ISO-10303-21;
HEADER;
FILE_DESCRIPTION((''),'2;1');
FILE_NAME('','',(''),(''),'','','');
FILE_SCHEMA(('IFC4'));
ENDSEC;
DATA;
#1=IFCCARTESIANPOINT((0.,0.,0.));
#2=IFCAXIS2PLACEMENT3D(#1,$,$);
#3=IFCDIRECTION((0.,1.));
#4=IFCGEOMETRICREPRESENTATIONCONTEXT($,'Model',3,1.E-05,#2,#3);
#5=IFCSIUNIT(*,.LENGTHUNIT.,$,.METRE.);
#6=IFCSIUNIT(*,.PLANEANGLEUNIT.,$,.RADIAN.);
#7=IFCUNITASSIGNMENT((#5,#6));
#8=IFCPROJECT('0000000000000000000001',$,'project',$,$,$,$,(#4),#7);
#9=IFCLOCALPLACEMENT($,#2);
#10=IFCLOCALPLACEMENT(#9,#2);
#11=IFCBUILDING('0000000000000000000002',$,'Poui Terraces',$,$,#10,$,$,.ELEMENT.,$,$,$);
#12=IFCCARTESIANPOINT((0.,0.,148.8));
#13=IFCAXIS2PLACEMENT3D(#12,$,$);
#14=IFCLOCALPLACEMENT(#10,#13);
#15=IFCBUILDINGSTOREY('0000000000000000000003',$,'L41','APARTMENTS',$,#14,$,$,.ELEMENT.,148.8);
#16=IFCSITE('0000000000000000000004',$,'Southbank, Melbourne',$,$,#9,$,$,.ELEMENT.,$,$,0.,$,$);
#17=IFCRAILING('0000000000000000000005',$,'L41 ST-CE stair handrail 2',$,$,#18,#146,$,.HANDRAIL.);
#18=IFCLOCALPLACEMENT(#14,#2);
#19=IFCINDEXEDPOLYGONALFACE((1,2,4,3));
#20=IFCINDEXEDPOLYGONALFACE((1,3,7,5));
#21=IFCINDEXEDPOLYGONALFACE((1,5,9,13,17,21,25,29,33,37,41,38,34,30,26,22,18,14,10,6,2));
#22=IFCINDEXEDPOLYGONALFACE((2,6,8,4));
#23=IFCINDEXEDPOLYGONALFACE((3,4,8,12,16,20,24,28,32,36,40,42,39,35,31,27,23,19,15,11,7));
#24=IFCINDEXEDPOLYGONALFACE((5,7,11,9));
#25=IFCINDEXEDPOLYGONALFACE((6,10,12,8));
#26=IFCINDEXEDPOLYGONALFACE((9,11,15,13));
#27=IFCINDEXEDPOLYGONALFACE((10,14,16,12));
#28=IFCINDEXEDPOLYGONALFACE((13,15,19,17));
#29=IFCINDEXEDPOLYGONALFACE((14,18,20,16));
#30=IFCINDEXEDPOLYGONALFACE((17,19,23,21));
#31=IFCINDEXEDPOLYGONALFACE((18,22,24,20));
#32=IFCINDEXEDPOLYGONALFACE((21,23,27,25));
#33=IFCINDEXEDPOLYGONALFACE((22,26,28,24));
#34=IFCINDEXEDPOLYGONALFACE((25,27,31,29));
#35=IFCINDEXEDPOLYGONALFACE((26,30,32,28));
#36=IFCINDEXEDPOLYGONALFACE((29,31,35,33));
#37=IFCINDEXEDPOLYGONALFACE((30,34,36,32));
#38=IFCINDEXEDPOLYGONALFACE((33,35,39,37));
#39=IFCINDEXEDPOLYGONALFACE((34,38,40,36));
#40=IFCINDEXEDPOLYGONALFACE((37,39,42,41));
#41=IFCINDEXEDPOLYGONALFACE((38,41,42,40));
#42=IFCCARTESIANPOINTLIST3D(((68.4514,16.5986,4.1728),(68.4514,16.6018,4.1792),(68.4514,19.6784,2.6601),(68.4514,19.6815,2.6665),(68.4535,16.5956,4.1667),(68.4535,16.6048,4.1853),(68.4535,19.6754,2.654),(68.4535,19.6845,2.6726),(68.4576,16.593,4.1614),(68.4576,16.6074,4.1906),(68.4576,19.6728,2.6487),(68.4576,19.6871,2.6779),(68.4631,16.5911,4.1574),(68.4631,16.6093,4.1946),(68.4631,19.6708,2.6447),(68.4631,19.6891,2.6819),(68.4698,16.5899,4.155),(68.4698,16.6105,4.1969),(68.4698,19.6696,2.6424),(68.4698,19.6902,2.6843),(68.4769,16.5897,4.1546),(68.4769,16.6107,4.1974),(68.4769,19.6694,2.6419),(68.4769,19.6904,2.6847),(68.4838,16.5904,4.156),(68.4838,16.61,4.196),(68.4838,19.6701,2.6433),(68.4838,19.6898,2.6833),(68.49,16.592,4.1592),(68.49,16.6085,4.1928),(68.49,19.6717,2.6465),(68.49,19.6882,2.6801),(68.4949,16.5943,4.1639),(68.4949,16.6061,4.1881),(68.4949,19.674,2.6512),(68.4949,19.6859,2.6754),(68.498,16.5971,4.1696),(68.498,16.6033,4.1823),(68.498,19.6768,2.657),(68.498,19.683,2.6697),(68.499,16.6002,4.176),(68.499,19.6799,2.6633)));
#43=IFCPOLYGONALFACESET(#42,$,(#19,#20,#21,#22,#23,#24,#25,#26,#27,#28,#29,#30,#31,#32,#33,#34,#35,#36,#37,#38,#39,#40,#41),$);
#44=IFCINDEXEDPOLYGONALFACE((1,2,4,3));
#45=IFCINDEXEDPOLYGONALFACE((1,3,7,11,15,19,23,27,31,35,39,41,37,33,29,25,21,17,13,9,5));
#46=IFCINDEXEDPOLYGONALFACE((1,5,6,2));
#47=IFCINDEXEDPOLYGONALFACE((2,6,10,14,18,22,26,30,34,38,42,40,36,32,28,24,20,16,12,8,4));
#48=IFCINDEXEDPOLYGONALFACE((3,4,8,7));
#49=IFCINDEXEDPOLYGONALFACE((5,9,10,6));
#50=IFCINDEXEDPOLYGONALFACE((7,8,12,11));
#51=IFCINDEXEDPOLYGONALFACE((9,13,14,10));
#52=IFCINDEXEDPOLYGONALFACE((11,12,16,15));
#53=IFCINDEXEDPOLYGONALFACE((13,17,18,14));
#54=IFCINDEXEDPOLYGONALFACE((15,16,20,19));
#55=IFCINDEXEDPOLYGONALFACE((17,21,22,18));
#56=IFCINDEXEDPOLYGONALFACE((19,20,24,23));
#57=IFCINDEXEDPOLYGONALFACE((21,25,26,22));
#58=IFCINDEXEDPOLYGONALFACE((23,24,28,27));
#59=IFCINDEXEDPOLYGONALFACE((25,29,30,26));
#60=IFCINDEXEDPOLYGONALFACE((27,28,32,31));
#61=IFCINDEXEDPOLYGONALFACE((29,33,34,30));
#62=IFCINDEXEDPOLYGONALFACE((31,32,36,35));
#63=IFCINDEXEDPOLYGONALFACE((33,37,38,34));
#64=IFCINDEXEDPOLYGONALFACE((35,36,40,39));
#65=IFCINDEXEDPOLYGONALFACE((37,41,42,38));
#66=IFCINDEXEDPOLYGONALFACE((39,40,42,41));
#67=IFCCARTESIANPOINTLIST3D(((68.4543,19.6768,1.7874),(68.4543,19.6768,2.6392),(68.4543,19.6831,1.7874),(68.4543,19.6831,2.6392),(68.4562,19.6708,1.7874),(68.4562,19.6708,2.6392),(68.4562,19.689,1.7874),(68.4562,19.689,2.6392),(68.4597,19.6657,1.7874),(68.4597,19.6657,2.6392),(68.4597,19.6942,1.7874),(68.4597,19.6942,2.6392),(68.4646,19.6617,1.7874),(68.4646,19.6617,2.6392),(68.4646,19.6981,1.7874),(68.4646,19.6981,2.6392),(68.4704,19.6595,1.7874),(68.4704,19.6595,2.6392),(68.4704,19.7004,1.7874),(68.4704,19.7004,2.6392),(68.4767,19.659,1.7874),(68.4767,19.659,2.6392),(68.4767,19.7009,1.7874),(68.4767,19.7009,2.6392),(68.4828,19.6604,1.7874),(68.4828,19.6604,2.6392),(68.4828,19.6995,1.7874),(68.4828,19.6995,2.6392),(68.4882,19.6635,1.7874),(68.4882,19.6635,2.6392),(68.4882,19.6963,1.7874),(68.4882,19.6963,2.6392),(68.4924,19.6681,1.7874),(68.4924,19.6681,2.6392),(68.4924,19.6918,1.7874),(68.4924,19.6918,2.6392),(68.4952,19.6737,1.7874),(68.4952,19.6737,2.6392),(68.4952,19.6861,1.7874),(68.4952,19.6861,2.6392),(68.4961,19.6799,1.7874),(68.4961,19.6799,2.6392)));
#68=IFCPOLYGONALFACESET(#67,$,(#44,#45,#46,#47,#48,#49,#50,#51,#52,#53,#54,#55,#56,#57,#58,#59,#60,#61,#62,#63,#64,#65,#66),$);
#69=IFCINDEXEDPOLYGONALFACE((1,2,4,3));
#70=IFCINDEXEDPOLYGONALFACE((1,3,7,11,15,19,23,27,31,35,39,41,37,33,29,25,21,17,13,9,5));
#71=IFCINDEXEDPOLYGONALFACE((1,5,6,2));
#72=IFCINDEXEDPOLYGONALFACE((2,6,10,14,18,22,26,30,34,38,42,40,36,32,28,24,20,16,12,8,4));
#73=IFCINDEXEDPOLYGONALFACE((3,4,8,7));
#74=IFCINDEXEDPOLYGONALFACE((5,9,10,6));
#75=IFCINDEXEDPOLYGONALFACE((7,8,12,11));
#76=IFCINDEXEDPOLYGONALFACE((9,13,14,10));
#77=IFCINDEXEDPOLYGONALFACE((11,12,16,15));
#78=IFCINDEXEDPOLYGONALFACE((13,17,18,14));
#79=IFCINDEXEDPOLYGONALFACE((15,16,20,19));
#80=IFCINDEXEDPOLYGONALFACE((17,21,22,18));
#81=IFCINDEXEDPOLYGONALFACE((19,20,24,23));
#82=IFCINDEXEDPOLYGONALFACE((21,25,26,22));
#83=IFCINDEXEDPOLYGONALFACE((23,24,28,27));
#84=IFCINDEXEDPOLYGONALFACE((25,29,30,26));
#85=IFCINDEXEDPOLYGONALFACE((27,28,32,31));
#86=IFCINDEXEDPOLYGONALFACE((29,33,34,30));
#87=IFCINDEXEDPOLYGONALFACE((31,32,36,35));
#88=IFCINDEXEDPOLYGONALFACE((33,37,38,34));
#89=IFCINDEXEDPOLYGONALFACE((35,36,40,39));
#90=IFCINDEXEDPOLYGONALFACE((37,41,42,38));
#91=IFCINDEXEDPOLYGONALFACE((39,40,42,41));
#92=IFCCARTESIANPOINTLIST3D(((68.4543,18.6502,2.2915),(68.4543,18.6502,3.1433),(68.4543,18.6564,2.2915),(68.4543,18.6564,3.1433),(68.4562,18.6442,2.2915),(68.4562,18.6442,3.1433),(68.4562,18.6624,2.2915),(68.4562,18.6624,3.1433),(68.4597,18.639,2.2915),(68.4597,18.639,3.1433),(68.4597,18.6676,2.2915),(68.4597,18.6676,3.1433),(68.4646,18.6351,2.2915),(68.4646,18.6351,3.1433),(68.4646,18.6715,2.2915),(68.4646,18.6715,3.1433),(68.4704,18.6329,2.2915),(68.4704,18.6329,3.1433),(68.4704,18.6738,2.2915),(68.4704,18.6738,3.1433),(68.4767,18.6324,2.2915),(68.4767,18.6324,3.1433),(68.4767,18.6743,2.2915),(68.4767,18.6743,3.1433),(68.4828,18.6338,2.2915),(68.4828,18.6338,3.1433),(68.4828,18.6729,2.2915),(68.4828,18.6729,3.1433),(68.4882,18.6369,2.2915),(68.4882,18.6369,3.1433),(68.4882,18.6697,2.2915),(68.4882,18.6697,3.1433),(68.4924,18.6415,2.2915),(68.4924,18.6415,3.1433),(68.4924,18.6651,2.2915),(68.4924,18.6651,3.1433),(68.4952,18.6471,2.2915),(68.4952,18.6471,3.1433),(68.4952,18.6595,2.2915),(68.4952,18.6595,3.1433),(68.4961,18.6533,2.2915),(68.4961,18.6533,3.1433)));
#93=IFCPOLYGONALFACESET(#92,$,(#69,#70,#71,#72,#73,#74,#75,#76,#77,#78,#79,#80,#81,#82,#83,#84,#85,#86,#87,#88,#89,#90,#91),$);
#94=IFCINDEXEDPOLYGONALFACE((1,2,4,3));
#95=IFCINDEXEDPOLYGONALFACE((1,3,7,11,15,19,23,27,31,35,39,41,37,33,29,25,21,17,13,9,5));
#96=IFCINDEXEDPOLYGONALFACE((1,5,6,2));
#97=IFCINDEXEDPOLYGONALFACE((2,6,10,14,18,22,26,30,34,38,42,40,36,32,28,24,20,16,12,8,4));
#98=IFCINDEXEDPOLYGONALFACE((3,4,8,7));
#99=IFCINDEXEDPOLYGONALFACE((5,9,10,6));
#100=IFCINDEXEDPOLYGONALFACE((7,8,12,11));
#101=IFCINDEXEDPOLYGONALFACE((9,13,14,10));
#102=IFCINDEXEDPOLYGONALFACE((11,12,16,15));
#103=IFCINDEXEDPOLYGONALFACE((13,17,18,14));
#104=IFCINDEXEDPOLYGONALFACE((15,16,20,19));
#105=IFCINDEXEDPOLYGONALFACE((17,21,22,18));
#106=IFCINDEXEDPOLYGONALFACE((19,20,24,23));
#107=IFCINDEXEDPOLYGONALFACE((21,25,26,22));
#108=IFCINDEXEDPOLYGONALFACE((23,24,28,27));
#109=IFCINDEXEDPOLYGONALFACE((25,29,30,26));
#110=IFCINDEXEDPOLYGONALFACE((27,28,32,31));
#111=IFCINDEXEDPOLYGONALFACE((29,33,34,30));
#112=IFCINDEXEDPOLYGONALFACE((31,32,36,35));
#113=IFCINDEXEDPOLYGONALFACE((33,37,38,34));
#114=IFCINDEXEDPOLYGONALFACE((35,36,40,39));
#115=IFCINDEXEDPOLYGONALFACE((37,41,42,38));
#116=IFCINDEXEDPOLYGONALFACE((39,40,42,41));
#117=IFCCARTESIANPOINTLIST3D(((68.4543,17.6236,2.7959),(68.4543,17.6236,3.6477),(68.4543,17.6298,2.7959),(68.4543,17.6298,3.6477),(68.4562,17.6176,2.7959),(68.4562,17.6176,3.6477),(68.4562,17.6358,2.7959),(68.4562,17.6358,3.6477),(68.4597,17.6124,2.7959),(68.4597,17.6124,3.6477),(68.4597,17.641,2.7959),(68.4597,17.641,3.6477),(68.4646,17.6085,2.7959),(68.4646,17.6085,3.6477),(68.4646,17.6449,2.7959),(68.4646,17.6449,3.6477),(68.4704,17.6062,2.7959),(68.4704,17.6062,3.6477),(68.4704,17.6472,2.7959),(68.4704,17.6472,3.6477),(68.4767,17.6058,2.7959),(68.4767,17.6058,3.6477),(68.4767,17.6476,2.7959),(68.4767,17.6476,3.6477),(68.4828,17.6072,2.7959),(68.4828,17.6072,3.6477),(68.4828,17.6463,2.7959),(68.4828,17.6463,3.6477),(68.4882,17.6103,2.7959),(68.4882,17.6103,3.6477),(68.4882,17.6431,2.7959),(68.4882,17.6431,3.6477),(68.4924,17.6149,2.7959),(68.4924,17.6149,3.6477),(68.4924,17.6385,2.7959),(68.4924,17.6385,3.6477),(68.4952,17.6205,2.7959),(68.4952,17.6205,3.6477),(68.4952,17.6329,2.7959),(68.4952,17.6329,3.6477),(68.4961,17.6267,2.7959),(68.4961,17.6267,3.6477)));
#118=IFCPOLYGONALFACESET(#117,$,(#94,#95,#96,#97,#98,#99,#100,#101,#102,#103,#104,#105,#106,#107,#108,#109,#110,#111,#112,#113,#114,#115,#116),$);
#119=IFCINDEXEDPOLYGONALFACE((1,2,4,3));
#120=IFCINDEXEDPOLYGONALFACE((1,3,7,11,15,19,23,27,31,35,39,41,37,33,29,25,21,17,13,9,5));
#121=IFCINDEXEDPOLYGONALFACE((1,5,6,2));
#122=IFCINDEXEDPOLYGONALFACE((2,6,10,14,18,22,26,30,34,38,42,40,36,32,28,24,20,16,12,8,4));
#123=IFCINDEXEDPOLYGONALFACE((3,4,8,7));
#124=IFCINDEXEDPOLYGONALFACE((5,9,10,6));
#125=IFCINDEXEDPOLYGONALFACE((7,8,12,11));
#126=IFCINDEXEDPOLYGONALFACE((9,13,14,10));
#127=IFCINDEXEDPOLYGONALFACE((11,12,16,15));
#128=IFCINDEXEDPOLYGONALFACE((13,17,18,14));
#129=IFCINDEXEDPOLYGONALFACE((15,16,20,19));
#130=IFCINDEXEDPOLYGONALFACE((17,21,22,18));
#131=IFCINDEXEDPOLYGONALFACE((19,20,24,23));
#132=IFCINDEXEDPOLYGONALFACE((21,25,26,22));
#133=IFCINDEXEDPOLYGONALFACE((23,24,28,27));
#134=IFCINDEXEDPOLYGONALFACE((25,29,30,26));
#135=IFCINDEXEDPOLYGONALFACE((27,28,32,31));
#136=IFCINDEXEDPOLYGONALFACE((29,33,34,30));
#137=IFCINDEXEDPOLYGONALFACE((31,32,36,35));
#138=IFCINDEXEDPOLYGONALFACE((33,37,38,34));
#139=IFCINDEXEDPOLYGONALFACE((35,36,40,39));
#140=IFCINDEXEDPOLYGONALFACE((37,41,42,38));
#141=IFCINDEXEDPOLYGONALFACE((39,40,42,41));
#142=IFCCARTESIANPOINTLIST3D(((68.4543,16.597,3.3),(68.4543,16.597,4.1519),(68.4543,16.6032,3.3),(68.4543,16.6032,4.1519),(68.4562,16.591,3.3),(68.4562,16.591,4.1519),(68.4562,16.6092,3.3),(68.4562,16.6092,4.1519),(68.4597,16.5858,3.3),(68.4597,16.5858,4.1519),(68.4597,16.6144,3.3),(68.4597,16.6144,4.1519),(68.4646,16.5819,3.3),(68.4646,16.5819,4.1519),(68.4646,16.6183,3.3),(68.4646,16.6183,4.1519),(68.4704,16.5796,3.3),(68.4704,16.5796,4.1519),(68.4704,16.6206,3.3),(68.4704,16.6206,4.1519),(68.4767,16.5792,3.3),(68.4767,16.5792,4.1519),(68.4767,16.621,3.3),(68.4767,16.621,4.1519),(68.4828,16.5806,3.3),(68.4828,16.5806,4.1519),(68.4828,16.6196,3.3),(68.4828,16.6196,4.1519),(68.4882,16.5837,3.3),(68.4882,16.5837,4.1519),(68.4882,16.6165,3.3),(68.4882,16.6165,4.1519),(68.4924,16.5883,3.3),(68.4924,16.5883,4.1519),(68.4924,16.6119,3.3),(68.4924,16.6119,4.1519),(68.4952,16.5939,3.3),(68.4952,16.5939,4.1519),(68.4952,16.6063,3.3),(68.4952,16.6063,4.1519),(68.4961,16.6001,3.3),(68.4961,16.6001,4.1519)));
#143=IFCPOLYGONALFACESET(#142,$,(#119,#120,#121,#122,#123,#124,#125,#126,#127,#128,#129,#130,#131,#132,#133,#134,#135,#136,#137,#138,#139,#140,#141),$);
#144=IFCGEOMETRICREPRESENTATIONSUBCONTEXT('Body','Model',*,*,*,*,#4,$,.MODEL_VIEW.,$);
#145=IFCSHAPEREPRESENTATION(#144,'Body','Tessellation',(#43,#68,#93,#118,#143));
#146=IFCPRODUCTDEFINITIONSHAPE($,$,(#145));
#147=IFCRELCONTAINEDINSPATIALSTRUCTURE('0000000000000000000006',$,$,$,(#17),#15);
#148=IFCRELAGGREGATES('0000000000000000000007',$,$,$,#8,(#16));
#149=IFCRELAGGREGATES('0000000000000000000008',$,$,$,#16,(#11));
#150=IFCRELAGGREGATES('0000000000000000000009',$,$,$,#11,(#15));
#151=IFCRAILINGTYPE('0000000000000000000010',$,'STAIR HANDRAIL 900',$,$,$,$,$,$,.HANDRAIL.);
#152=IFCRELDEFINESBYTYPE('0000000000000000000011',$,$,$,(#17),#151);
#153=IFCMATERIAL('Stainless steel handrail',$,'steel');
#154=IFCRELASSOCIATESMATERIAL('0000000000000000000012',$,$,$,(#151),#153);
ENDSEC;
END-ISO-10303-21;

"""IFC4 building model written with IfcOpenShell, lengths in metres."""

from ifc_helpers import new_model, si_unit, direction, frame, origin, origin_2d, place, context, subcontext, project, spatial, circle, extrude, material, type_object, element, save


model = new_model("IFC4")

# Units and contexts
model_context = context("Model", 3, precision=1e-05, world=origin(), true_north=direction((0.0, 1.0)))
body_context = subcontext(model_context, "Body", "Model", "MODEL_VIEW")
ifc_project = project(units=[si_unit("LENGTHUNIT", "METRE"), si_unit("PLANEANGLEUNIT", "RADIAN")], contexts=[model_context])

# Site, building, storey
site_placement = place(None, origin())
site = spatial("IfcSite", under=ifc_project, at=site_placement, Name="Southbank, Melbourne", CompositionType="ELEMENT", RefElevation=0.0)
building_placement = place(site_placement, origin())
building = spatial("IfcBuilding", under=site, at=building_placement, Name="Poui Terraces", CompositionType="ELEMENT")
storey_placement = place(building_placement, frame((0.0, 0.0, 148.8)))
storey = spatial("IfcBuildingStorey", under=building, at=storey_placement, Name="L41", Description="APARTMENTS", CompositionType="ELEMENT", Elevation=148.8)

# Railing
ifc_material_1 = material(Name="Stainless steel handrail", Category="steel")
railing_type_1 = type_object("IfcRailingType", Name="STAIR HANDRAIL 900", PredefinedType="HANDRAIL", material=ifc_material_1)
for number, where, name in (
    (1, (68.4751, 19.6799, 1.7874), "L41 ST-CE stair handrail 2"),
):
    element("IfcRailing", number, at=place(storey_placement, frame(where)), inside=storey, type_object=railing_type_1, Name=name, PredefinedType="HANDRAIL", context=body_context, shape_type="SweptSolid", body=[
        extrude(circle(Radius=0.0239, at=origin_2d()), frame((0.0, 0.0, 0.876), z_axis=(0.0, -0.897578, 0.440856), x_axis=(1.0, 0.0, 0.0)), (0.0, 0.0, 1.0), 3.4312),
        extrude(circle(Radius=0.021, at=origin_2d()), origin(), (0.0, 0.0, 1.0), 0.8518),
        extrude(circle(Radius=0.021, at=origin_2d()), frame((0.0, -1.0266, 0.5042)), (0.0, 0.0, 1.0), 0.8518),
        extrude(circle(Radius=0.021, at=origin_2d()), frame((0.0, -2.0532, 1.0085)), (0.0, 0.0, 1.0), 0.8518),
        extrude(circle(Radius=0.021, at=origin_2d()), frame((0.0, -3.0798, 1.5127)), (0.0, 0.0, 1.0), 0.8518),
    ])

save(model, "model.ifc")
